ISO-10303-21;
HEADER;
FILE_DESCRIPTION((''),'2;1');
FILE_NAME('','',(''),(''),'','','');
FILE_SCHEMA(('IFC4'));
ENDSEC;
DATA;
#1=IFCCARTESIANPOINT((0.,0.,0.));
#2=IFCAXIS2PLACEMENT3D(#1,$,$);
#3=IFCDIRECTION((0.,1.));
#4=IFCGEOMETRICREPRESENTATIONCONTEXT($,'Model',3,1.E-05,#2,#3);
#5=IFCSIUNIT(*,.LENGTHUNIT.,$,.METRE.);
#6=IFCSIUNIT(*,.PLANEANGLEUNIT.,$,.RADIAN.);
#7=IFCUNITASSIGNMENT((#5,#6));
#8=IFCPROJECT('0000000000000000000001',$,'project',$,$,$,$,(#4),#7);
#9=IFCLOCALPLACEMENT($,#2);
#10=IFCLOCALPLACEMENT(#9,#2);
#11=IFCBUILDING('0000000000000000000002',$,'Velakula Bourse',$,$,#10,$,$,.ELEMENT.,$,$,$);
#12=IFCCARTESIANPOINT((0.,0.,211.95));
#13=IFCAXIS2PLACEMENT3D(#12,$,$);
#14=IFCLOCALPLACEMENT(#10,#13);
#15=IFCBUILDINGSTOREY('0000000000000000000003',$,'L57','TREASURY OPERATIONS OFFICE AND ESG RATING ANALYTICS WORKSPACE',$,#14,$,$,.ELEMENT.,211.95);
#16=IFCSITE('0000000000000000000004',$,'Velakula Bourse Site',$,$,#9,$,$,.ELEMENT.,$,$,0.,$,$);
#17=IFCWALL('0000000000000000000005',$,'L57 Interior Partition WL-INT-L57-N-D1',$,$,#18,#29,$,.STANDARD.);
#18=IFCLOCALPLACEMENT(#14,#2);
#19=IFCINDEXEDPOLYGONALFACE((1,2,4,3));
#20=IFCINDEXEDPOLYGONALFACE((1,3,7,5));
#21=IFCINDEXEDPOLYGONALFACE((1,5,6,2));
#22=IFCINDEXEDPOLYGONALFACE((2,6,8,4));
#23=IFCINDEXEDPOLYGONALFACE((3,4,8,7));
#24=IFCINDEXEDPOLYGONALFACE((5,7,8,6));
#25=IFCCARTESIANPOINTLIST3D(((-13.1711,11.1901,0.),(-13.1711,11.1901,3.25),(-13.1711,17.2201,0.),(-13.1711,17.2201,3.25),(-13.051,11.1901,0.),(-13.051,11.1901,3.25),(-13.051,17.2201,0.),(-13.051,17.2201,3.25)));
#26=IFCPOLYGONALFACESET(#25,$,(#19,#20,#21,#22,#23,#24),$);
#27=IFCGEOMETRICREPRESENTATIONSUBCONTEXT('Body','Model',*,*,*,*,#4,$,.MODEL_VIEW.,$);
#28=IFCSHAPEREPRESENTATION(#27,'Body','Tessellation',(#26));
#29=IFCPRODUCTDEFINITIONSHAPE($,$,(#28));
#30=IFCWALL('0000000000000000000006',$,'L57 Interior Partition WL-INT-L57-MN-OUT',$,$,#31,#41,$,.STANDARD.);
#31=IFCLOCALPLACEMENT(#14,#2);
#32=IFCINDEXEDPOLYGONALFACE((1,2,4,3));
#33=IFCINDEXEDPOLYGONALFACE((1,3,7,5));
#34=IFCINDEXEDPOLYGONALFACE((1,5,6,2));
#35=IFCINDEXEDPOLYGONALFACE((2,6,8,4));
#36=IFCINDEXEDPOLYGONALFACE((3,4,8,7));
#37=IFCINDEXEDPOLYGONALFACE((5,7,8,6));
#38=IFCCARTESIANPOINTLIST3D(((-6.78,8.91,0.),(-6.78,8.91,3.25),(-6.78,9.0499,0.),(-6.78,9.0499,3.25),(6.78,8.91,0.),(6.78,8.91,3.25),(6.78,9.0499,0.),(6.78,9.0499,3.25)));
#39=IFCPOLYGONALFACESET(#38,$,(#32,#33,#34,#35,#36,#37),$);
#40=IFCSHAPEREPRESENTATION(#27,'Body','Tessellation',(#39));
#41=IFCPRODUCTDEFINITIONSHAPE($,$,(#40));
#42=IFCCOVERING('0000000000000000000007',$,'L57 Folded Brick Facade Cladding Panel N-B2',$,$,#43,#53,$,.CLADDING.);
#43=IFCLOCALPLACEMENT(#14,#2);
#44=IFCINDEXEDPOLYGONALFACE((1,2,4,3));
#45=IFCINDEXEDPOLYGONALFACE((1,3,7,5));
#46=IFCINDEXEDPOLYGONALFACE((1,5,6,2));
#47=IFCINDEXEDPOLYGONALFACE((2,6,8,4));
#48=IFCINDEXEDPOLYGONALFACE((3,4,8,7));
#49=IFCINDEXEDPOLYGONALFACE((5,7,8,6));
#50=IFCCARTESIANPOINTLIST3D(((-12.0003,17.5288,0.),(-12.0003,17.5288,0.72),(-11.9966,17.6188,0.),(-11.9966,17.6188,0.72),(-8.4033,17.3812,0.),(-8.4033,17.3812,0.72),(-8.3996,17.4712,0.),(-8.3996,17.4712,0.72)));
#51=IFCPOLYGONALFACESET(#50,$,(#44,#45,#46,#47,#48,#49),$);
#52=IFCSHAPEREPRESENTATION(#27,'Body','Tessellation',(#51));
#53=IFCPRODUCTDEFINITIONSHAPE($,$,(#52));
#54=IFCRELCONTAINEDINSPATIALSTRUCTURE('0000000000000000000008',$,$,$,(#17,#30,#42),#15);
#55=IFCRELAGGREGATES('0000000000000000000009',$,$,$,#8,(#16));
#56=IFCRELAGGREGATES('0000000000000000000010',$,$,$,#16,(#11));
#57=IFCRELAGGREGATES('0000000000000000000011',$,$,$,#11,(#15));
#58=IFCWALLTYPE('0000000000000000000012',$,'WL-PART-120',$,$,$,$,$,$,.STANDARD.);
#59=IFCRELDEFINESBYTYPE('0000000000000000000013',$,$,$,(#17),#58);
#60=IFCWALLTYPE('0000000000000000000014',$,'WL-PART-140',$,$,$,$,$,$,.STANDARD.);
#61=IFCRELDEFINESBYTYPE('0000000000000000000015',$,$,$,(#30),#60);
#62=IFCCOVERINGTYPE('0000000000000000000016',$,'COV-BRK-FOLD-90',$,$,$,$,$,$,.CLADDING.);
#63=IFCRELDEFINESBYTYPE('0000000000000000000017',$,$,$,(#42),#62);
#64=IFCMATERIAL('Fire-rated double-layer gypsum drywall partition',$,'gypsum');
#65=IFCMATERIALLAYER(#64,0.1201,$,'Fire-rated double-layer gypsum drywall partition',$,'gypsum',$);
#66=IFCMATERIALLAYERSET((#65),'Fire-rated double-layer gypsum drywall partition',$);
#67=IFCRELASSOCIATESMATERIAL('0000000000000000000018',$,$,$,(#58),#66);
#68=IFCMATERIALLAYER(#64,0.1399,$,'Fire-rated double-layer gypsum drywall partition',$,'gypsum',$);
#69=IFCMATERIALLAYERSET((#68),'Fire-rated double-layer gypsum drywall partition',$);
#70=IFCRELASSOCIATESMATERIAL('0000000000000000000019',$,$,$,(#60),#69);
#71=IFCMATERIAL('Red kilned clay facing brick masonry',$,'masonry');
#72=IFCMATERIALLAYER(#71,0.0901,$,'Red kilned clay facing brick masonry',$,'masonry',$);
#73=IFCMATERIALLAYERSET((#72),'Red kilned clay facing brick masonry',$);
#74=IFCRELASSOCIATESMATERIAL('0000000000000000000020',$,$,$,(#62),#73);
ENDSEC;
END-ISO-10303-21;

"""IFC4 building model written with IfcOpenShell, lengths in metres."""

from ifc_helpers import new_model, si_unit, direction, frame, frame_2d, origin, origin_2d, place, context, subcontext, project, spatial, rectangle, extrude, material, layer, layer_set, type_object, element, save


model = new_model("IFC4")

# Units and contexts
model_context = context("Model", 3, precision=1e-05, world=origin(), true_north=direction((0.0, 1.0)))
body_context = subcontext(model_context, "Body", "Model", "MODEL_VIEW")
ifc_project = project(units=[si_unit("LENGTHUNIT", "METRE"), si_unit("PLANEANGLEUNIT", "RADIAN")], contexts=[model_context])

# Site, building, storey
site_placement = place(None, origin())
site = spatial("IfcSite", under=ifc_project, at=site_placement, Name="Velakula Bourse Site", CompositionType="ELEMENT", RefElevation=0.0)
building_placement = place(site_placement, origin())
building = spatial("IfcBuilding", under=site, at=building_placement, Name="Velakula Bourse", CompositionType="ELEMENT")
storey_placement = place(building_placement, frame((0.0, 0.0, 211.95)))
storey = spatial("IfcBuildingStorey", under=building, at=storey_placement, Name="L57", Description="TREASURY OPERATIONS OFFICE AND ESG RATING ANALYTICS WORKSPACE", CompositionType="ELEMENT", Elevation=211.95)

# Walls
ifc_material_1 = material(Name="Fire-rated double-layer gypsum drywall partition", Category="gypsum")
ifc_layer_1 = layer(ifc_material_1, 0.1201, Name="Fire-rated double-layer gypsum drywall partition", Category="gypsum")
ifc_layer_set_1 = layer_set([ifc_layer_1], Name="Fire-rated double-layer gypsum drywall partition")
wall_type_1 = type_object("IfcWallType", Name="WL-PART-120", PredefinedType="STANDARD", material=ifc_layer_set_1)
wall_1_placement = place(storey_placement, frame((-13.1111, 11.1899, 0.0), z_axis=(0.0, 0.0, 1.0), x_axis=(0.0, 1.0, 0.0)))
element("IfcWall", 1, at=wall_1_placement, inside=storey, type_object=wall_type_1, Name="L57 Interior Partition WL-INT-L57-N-D1", PredefinedType="STANDARD", context=body_context, shape_type="SweptSolid", body=[
    extrude(rectangle(XDim=6.03, YDim=0.1201, at=frame_2d((3.0151, 0.0))), origin(), (0.0, 0.0, 1.0), 3.25),
])
ifc_layer_2 = layer(ifc_material_1, 0.1399, Name="Fire-rated double-layer gypsum drywall partition", Category="gypsum")
ifc_layer_set_2 = layer_set([ifc_layer_2], Name="Fire-rated double-layer gypsum drywall partition")
wall_type_2 = type_object("IfcWallType", Name="WL-PART-140", PredefinedType="STANDARD", material=ifc_layer_set_2)
wall_2_placement = place(storey_placement, frame((-6.78, 8.98, 0.0), z_axis=(0.0, 0.0, 1.0), x_axis=(1.0, 0.0, 0.0)))
element("IfcWall", 2, at=wall_2_placement, inside=storey, type_object=wall_type_2, Name="L57 Interior Partition WL-INT-L57-MN-OUT", PredefinedType="STANDARD", context=body_context, shape_type="SweptSolid", body=[
    extrude(rectangle(XDim=13.5601, YDim=0.1399, at=frame_2d((6.78, 0.0))), origin(), (0.0, 0.0, 1.0), 3.25),
])

# Covering
ifc_material_2 = material(Name="Red kilned clay facing brick masonry", Category="masonry")
ifc_layer_3 = layer(ifc_material_2, 0.0901, Name="Red kilned clay facing brick masonry", Category="masonry")
ifc_layer_set_3 = layer_set([ifc_layer_3], Name="Red kilned clay facing brick masonry")
covering_type = type_object("IfcCoveringType", Name="COV-BRK-FOLD-90", PredefinedType="CLADDING", material=ifc_layer_set_3)
covering_placement = place(storey_placement, frame((-10.2, 17.5, 0.0), z_axis=(0.0, 0.0, 1.0), x_axis=(0.999159, -0.041004, 0.0)))
element("IfcCovering", 3, at=covering_placement, inside=storey, type_object=covering_type, Name="L57 Folded Brick Facade Cladding Panel N-B2", PredefinedType="CLADDING", context=body_context, shape_type="SweptSolid", body=[
    extrude(rectangle(XDim=3.6001, YDim=0.0901, at=origin_2d()), origin(), (0.0, 0.0, 1.0), 0.72),
])

save(model, "model.ifc")
